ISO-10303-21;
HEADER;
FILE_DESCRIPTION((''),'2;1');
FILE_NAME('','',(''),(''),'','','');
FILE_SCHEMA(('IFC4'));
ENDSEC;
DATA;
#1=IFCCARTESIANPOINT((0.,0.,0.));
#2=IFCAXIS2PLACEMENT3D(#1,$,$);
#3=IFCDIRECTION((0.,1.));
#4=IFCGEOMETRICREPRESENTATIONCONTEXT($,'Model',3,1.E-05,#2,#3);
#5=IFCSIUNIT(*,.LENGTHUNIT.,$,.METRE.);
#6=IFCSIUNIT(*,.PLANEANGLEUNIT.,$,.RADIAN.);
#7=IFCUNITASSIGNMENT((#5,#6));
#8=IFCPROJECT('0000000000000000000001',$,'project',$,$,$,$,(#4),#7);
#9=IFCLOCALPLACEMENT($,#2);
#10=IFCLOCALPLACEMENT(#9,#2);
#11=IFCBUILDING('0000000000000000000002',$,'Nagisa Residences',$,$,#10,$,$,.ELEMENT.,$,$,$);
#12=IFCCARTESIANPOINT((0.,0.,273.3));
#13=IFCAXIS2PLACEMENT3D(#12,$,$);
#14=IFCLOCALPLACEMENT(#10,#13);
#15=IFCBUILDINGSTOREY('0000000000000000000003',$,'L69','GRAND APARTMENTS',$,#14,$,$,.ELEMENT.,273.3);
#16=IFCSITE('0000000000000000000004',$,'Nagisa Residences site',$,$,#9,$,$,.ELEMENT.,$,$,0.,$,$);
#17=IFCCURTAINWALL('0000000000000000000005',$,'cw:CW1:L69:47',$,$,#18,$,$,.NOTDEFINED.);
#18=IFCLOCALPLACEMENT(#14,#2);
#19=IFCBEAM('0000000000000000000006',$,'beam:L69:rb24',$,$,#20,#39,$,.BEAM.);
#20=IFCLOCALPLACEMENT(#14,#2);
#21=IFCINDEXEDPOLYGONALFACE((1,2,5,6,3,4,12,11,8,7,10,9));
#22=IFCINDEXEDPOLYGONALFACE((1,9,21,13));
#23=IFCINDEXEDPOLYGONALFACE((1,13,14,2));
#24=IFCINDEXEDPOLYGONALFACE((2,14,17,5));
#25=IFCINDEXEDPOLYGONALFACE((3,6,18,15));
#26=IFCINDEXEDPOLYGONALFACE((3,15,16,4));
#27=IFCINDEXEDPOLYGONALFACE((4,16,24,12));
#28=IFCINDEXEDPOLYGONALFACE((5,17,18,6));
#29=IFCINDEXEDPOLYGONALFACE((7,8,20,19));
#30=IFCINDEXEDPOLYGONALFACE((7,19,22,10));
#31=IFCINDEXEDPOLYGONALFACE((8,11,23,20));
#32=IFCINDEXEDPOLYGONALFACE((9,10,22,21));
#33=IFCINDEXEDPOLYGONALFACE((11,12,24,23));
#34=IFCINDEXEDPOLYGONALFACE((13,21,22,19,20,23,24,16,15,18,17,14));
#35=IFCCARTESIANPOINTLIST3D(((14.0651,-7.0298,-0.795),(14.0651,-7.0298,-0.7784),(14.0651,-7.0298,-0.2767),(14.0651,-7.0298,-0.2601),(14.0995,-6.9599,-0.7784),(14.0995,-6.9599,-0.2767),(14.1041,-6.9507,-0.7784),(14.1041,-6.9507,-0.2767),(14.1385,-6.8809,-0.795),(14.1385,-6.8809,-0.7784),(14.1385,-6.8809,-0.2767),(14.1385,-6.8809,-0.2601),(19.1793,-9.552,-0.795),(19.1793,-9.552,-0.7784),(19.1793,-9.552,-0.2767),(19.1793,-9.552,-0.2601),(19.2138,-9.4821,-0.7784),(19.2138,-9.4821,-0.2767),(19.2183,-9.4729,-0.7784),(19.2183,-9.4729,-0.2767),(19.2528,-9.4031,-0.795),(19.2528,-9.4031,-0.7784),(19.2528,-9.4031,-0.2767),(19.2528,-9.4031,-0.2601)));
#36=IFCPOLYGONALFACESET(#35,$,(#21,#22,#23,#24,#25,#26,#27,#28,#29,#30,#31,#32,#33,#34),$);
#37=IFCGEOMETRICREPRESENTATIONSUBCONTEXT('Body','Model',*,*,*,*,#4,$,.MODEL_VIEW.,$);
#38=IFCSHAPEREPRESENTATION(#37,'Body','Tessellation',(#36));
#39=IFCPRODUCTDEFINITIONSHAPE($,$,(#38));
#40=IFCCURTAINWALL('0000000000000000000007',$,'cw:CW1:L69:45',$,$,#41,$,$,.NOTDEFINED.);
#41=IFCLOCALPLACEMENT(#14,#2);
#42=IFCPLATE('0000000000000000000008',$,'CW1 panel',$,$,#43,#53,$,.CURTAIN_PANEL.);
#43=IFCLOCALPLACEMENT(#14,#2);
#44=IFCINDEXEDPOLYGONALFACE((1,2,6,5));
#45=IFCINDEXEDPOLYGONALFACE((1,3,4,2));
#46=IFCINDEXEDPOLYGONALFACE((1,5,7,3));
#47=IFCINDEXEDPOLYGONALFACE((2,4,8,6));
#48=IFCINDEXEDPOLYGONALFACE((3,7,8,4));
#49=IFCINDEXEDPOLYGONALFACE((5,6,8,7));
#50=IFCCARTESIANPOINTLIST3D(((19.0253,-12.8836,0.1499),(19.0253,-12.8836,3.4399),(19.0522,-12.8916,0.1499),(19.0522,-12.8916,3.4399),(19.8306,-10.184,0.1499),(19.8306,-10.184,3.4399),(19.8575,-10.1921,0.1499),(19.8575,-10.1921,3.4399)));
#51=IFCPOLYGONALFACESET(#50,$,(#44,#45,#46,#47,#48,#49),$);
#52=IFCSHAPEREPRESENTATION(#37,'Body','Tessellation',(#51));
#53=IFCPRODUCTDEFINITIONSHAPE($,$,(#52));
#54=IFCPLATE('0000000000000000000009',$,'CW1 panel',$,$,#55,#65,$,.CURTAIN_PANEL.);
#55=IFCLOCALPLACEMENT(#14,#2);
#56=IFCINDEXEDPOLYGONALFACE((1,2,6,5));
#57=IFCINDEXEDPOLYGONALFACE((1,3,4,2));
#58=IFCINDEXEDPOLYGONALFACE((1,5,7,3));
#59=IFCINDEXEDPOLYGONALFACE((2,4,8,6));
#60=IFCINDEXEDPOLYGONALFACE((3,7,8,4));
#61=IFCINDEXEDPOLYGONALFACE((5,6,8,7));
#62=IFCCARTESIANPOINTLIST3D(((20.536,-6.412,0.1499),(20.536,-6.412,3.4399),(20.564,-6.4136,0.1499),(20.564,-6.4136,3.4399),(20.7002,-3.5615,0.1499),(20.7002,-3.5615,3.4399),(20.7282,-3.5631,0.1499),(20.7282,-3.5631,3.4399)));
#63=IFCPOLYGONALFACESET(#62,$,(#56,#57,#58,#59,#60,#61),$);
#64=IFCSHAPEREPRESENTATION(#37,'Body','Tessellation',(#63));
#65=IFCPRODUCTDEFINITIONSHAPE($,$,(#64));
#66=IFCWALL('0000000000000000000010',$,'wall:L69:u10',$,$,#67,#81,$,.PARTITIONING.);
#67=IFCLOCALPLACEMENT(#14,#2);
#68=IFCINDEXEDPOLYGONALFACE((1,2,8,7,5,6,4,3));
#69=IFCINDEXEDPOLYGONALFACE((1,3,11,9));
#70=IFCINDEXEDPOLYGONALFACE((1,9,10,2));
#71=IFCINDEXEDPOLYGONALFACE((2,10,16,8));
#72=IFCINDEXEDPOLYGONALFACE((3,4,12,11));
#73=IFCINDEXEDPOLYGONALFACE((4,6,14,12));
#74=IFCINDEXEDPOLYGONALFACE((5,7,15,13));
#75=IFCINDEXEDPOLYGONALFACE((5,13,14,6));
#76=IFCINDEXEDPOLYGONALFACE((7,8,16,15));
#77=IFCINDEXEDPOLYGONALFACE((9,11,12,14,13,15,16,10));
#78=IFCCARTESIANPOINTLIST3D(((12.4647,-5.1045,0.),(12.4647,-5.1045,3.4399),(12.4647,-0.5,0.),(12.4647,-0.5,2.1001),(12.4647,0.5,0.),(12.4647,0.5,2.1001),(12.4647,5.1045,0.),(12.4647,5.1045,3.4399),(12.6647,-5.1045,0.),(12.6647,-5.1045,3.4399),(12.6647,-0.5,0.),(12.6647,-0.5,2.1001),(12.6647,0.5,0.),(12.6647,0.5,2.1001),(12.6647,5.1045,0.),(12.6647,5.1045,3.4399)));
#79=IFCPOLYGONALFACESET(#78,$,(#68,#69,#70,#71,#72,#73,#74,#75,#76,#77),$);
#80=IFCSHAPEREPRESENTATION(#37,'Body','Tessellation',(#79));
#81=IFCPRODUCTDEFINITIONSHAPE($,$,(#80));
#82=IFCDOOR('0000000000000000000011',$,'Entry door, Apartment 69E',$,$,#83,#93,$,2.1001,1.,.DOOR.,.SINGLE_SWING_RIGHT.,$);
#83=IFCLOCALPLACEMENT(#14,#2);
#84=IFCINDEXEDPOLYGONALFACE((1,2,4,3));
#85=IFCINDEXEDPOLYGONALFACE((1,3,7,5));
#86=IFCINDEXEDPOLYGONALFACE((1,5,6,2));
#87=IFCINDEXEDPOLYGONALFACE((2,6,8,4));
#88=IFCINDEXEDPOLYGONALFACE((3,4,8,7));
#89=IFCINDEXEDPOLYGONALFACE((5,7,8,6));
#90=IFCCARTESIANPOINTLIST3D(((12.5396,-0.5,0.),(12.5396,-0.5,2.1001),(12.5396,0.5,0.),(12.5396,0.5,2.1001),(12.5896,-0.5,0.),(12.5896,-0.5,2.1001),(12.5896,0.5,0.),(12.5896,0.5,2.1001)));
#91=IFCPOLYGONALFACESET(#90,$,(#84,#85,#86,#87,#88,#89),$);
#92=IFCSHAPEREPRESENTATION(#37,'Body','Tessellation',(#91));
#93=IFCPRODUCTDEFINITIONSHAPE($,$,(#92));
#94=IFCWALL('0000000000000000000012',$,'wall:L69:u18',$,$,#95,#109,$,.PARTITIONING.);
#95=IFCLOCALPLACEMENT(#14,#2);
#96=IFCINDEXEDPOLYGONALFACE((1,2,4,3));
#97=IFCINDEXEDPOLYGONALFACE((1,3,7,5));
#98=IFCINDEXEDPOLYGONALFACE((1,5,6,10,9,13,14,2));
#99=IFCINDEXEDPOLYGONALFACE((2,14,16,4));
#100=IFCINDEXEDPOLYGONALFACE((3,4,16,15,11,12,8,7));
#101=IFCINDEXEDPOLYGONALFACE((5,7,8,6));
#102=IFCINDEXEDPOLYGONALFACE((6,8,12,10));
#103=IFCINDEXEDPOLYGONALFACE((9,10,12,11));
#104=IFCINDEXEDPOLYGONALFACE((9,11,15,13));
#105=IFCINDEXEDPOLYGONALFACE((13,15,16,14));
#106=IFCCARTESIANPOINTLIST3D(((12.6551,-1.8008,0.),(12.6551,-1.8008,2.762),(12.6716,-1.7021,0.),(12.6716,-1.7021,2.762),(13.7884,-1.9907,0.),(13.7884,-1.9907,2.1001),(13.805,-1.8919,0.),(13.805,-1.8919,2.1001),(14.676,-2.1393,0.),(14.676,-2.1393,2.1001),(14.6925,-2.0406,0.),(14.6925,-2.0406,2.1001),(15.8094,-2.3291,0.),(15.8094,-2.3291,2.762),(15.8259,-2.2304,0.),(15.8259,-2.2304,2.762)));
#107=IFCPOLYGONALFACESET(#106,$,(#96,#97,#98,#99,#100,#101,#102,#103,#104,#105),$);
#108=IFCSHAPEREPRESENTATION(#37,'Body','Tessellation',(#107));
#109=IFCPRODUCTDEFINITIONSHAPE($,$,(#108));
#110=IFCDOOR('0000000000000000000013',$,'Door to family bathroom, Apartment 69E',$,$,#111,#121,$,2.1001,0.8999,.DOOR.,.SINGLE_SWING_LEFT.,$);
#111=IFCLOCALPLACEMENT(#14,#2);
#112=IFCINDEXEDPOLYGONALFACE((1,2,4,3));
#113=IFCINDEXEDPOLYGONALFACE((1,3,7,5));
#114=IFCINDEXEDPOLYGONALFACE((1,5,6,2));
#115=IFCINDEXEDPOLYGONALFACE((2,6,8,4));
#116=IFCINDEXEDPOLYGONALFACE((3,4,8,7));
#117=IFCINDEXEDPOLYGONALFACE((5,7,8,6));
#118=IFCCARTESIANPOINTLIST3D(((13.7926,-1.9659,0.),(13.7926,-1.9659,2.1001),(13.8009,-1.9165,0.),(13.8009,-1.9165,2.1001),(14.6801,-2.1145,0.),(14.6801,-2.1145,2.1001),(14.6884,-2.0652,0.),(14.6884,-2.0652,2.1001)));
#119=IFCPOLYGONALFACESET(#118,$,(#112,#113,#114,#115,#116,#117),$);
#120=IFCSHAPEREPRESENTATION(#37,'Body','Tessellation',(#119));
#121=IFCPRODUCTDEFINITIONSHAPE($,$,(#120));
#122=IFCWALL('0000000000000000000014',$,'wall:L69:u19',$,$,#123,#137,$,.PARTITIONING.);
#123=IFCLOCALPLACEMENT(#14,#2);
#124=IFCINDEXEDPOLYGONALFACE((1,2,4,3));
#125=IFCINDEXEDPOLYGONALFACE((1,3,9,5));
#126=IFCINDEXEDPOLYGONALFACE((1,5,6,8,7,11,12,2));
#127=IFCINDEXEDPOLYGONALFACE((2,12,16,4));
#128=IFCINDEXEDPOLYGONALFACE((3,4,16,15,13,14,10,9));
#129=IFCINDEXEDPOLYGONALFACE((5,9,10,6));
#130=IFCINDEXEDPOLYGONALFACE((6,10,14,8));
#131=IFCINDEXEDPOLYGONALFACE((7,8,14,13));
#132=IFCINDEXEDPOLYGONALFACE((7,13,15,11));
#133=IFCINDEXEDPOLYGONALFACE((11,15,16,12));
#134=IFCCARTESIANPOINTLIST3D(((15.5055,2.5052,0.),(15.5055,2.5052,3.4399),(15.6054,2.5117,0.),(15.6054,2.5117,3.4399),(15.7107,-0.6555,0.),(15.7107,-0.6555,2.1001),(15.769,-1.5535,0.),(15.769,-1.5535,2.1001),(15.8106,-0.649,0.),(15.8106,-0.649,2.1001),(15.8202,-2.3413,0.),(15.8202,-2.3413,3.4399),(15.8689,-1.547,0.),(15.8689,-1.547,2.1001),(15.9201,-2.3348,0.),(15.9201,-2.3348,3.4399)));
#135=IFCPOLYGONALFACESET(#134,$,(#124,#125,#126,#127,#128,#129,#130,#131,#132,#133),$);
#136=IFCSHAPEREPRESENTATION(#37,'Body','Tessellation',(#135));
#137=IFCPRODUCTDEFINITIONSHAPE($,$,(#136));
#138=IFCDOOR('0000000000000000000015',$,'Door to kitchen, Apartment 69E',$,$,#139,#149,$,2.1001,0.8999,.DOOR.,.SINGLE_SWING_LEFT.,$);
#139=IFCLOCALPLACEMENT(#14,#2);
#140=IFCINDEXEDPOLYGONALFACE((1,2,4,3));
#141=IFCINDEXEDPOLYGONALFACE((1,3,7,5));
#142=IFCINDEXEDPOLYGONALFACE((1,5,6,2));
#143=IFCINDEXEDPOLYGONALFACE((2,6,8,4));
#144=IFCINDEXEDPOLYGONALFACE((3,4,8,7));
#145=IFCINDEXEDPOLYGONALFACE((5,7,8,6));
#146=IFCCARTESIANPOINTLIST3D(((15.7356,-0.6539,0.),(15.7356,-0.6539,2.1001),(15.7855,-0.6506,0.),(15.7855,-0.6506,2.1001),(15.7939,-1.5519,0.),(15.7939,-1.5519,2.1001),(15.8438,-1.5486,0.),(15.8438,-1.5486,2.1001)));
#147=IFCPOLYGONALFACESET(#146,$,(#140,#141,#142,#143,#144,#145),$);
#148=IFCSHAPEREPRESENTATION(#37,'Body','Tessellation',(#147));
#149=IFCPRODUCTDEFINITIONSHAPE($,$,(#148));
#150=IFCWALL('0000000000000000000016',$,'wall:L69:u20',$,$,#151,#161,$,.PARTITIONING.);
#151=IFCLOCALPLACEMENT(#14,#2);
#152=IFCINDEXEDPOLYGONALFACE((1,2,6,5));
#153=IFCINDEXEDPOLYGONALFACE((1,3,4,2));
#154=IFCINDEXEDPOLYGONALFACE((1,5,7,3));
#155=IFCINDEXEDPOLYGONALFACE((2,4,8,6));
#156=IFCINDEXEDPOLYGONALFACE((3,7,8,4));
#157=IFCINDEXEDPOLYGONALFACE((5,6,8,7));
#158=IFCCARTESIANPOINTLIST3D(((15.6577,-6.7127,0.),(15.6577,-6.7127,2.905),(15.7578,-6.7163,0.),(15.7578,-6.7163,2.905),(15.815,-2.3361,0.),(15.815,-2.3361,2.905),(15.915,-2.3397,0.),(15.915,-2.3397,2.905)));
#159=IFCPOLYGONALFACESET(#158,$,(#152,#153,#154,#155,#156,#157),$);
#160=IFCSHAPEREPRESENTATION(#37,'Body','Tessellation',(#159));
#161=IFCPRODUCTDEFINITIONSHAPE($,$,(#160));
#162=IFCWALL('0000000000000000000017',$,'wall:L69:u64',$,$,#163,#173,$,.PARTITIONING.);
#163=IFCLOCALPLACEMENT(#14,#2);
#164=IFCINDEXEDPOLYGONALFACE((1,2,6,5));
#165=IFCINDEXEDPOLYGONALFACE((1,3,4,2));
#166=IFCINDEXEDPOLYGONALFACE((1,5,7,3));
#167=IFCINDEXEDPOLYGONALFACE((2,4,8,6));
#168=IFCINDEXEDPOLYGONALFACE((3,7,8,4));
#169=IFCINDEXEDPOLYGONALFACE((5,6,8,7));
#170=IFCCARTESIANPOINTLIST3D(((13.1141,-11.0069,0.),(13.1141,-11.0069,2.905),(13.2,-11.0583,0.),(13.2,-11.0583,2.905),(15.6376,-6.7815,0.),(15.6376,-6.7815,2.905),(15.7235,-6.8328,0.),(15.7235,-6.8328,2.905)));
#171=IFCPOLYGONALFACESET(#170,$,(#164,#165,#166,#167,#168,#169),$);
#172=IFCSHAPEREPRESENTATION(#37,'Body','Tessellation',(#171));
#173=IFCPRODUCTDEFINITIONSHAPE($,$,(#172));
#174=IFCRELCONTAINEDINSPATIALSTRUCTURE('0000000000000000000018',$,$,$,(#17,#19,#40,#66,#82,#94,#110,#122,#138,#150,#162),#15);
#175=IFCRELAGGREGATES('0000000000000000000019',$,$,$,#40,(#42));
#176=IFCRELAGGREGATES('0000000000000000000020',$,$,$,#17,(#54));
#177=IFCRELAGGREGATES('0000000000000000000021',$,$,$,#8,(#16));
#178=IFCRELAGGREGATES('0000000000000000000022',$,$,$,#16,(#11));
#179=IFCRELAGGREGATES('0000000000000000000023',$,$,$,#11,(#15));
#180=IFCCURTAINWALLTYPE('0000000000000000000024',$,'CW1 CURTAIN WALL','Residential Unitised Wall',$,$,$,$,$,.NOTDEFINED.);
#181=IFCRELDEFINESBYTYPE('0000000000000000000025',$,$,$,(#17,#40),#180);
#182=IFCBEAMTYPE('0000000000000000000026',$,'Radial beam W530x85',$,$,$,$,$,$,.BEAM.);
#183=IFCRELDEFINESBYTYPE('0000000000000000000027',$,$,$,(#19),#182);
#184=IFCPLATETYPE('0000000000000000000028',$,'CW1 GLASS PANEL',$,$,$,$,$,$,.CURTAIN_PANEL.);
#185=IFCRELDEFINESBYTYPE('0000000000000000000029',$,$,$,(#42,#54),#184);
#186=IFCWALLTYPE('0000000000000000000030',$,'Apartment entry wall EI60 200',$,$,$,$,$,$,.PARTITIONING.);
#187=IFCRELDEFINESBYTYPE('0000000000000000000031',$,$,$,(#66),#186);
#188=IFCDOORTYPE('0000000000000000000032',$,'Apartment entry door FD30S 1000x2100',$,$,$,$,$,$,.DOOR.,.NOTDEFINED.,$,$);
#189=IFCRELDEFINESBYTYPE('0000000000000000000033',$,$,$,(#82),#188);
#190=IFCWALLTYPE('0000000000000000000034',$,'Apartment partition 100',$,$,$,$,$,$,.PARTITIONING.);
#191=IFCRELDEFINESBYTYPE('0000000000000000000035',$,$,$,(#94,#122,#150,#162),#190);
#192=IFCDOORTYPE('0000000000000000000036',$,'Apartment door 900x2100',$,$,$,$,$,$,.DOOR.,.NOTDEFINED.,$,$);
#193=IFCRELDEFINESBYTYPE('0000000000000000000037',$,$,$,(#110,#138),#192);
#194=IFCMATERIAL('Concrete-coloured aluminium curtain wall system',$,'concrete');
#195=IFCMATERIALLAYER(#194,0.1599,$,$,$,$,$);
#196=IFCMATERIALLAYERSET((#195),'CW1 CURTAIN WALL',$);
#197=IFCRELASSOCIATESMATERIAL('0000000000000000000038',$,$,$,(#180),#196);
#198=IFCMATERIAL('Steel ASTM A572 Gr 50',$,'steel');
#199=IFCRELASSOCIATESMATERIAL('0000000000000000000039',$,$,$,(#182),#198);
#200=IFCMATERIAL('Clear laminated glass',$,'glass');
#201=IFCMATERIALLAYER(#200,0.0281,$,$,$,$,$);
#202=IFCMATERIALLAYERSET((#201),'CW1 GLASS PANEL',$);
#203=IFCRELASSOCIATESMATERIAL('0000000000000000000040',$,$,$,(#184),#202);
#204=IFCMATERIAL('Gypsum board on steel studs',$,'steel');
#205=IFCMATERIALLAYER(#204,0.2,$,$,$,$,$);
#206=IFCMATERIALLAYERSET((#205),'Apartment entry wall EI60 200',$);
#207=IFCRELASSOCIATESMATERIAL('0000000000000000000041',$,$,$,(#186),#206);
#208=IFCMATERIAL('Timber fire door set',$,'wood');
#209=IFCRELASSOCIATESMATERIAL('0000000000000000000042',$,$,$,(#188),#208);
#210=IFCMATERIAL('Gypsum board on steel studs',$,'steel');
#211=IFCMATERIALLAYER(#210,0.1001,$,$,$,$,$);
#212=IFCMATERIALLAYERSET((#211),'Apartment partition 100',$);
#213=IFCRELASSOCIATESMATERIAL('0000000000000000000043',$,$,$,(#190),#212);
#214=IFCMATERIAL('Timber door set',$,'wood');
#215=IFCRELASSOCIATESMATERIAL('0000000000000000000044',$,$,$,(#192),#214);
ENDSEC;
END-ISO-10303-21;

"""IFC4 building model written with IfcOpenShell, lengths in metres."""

from ifc_helpers import new_model, si_unit, direction, frame, frame_2d, origin, origin_2d, place, context, subcontext, project, spatial, rectangle, i_section, extrude, material, layer, layer_set, material_profile, profile_set, type_object, element, fill, aggregate, save


model = new_model("IFC4")

# Units and contexts
model_context = context("Model", 3, precision=1e-05, world=origin(), true_north=direction((0.0, 1.0)))
body_context = subcontext(model_context, "Body", "Model", "MODEL_VIEW")
ifc_project = project(units=[si_unit("LENGTHUNIT", "METRE"), si_unit("PLANEANGLEUNIT", "RADIAN")], contexts=[model_context])

# Site, building, storey
site_placement = place(None, origin())
site = spatial("IfcSite", under=ifc_project, at=site_placement, Name="Nagisa Residences site", CompositionType="ELEMENT", RefElevation=0.0)
building_placement = place(site_placement, origin())
building = spatial("IfcBuilding", under=site, at=building_placement, Name="Nagisa Residences", CompositionType="ELEMENT")
storey_placement = place(building_placement, frame((0.0, 0.0, 273.3)))
storey = spatial("IfcBuildingStorey", under=building, at=storey_placement, Name="L69", Description="GRAND APARTMENTS", CompositionType="ELEMENT", Elevation=273.3)

# Curtain wall
ifc_material_1 = material(Name="Concrete-coloured aluminium curtain wall system", Category="concrete")
ifc_layer_1 = layer(ifc_material_1, 0.1599)
ifc_layer_set_1 = layer_set([ifc_layer_1], Name="CW1 CURTAIN WALL")
curtain_wall_type = type_object("IfcCurtainWallType", Name="CW1 CURTAIN WALL", Description="Residential Unitised Wall", PredefinedType="NOTDEFINED", material=ifc_layer_set_1)
curtain_wall_1_placement = place(storey_placement, origin())
curtain_wall_1 = element("IfcCurtainWall", 1, at=curtain_wall_1_placement, inside=storey, type_object=curtain_wall_type, Name="cw:CW1:L69:47", PredefinedType="NOTDEFINED")

# Beam
ifc_material_2 = material(Name="Steel ASTM A572 Gr 50", Category="steel")
ifc_material_profile_1 = material_profile(ifc_material_2, i_section(OverallWidth=0.166, OverallDepth=0.5349, WebThickness=0.0103, FlangeThickness=0.0166, at=origin_2d()), Name="W530x85")
ifc_profile_set_1 = profile_set([ifc_material_profile_1], Name="Steel ASTM A572 Gr 50")
beam_type_1 = type_object("IfcBeamType", Name="Radial beam W530x85", PredefinedType="BEAM", material=ifc_profile_set_1)
beam_1_placement = place(storey_placement, frame((19.2161, -9.4775, -0.5276), z_axis=(-0.896863, 0.442309, 0.0), x_axis=(-0.442309, -0.896863, 0.0)))
element("IfcBeam", 2, at=beam_1_placement, inside=storey, type_object=beam_type_1, Name="beam:L69:rb24", PredefinedType="BEAM", context=body_context, shape_type="SweptSolid", body=[
    extrude(i_section(OverallWidth=0.166, OverallDepth=0.5349, WebThickness=0.0103, FlangeThickness=0.0166, at=origin_2d()), origin(), (0.0, 0.0, 1.0), 5.7024),
])

# Curtain wall, plate
curtain_wall_2_placement = place(storey_placement, origin())
curtain_wall_2 = element("IfcCurtainWall", 3, at=curtain_wall_2_placement, inside=storey, type_object=curtain_wall_type, Name="cw:CW1:L69:45", PredefinedType="NOTDEFINED")
ifc_material_3 = material(Name="Clear laminated glass", Category="glass")
ifc_layer_2 = layer(ifc_material_3, 0.0281)
ifc_layer_set_2 = layer_set([ifc_layer_2], Name="CW1 GLASS PANEL")
plate_type = type_object("IfcPlateType", Name="CW1 GLASS PANEL", PredefinedType="CURTAIN_PANEL", material=ifc_layer_set_2)
plate_1_placement = place(storey_placement, frame((19.4414, -11.5378, 0.1499), z_axis=(0.0, 0.0, 1.0), x_axis=(0.28586, 0.958271, 0.0)))
plate_1 = element("IfcPlate", 4, at=plate_1_placement, type_object=plate_type, Name="CW1 panel", PredefinedType="CURTAIN_PANEL", context=body_context, shape_type="SweptSolid", body=[
    extrude(rectangle(XDim=2.8171, YDim=0.0281, at=origin_2d()), origin(), (0.0, 0.0, 1.0), 3.29),
])
aggregate(curtain_wall_2, [plate_1])

# Plate
plate_2_placement = place(storey_placement, frame((20.6321, -4.9875, 0.1499), z_axis=(0.0, 0.0, 1.0), x_axis=(0.057503, 0.998345, 0.0)))
plate_2 = element("IfcPlate", 5, at=plate_2_placement, type_object=plate_type, Name="CW1 panel", PredefinedType="CURTAIN_PANEL", context=body_context, shape_type="SweptSolid", body=[
    extrude(rectangle(XDim=2.8552, YDim=0.0281, at=origin_2d()), origin(), (0.0, 0.0, 1.0), 3.29),
])
aggregate(curtain_wall_1, [plate_2])

# Walls, openings, doors
ifc_material_4 = material(Name="Gypsum board on steel studs", Category="steel")
ifc_layer_3 = layer(ifc_material_4, 0.2)
ifc_layer_set_3 = layer_set([ifc_layer_3], Name="Apartment entry wall EI60 200")
wall_type_1 = type_object("IfcWallType", Name="Apartment entry wall EI60 200", PredefinedType="PARTITIONING", material=ifc_layer_set_3)
wall_1_placement = place(storey_placement, frame((12.5647, -5.1045, 0.0), z_axis=(0.0, 0.0, 1.0), x_axis=(0.0, 1.0, 0.0)))
wall_1 = element("IfcWall", 6, at=wall_1_placement, inside=storey, type_object=wall_type_1, Name="wall:L69:u10", PredefinedType="PARTITIONING", context=body_context, shape_type="SweptSolid", body=[
    extrude(rectangle(XDim=10.209, YDim=0.2, at=frame_2d((5.1045, 0.0))), origin(), (0.0, 0.0, 1.0), 3.4399),
])
opening_1_placement = place(wall_1_placement, frame((4.6045, 0.0, 0.0)))
opening_1 = element("IfcOpeningElement", 7, at=opening_1_placement, cuts=wall_1, PredefinedType="OPENING", context=body_context, shape_type="SweptSolid", body=[
    extrude(rectangle(XDim=1.0, YDim=2.1001, at=frame_2d((0.5, 1.05))), frame((0.0, 0.1099, 0.0), z_axis=(0.0, -1.0, 0.0), x_axis=(1.0, 0.0, 0.0)), (0.0, 0.0, 1.0), 0.22),
])
ifc_material_5 = material(Name="Timber fire door set", Category="wood")
door_type_1 = type_object("IfcDoorType", Name="Apartment entry door FD30S 1000x2100", OperationType="NOTDEFINED", PredefinedType="DOOR", material=ifc_material_5)
door_1_placement = place(opening_1_placement, frame((1.0, 0.0, 0.0), x_axis=(-1.0, 0.0, 0.0)))
door_1 = element("IfcDoor", 8, at=door_1_placement, inside=storey, type_object=door_type_1, Name="Entry door, Apartment 69E", OperationType="SINGLE_SWING_RIGHT", OverallHeight=2.1001, OverallWidth=1.0, PredefinedType="DOOR", context=body_context, shape_type="SweptSolid", body=[
    extrude(rectangle(XDim=1.0, YDim=2.1001, at=frame_2d((0.5, 1.05))), frame((0.0, 0.0249, 0.0), z_axis=(0.0, -1.0, 0.0), x_axis=(1.0, 0.0, 0.0)), (0.0, 0.0, 1.0), 0.05),
])
fill(opening_1, door_1)
ifc_material_6 = material(Name="Gypsum board on steel studs", Category="steel")
ifc_layer_4 = layer(ifc_material_6, 0.1001)
ifc_layer_set_4 = layer_set([ifc_layer_4], Name="Apartment partition 100")
wall_type_2 = type_object("IfcWallType", Name="Apartment partition 100", PredefinedType="PARTITIONING", material=ifc_layer_set_4)
wall_2_placement = place(storey_placement, frame((12.6633, -1.7515, 0.0), z_axis=(0.0, 0.0, 1.0), x_axis=(0.986262, -0.165191, 0.0)))
wall_2 = element("IfcWall", 9, at=wall_2_placement, inside=storey, type_object=wall_type_2, Name="wall:L69:u18", PredefinedType="PARTITIONING", context=body_context, shape_type="SweptSolid", body=[
    extrude(rectangle(XDim=3.1982, YDim=0.1001, at=frame_2d((1.5991, 0.0))), origin(), (0.0, 0.0, 1.0), 2.762),
])
opening_2_placement = place(wall_2_placement, frame((1.1492, 0.0, 0.0)))
opening_2 = element("IfcOpeningElement", 10, at=opening_2_placement, cuts=wall_2, PredefinedType="OPENING", context=body_context, shape_type="SweptSolid", body=[
    extrude(rectangle(XDim=0.8999, YDim=2.1001, at=frame_2d((0.45, 1.05))), frame((0.0, 0.0601, 0.0), z_axis=(0.0, -1.0, 0.0), x_axis=(1.0, 0.0, 0.0)), (0.0, 0.0, 1.0), 0.1201),
])
ifc_material_7 = material(Name="Timber door set", Category="wood")
door_type_2 = type_object("IfcDoorType", Name="Apartment door 900x2100", OperationType="NOTDEFINED", PredefinedType="DOOR", material=ifc_material_7)
door_2_placement = place(opening_2_placement, frame((0.8999, 0.0, 0.0), x_axis=(-1.0, 0.0, 0.0)))
door_2 = element("IfcDoor", 11, at=door_2_placement, inside=storey, type_object=door_type_2, Name="Door to family bathroom, Apartment 69E", OperationType="SINGLE_SWING_LEFT", OverallHeight=2.1001, OverallWidth=0.8999, PredefinedType="DOOR", context=body_context, shape_type="SweptSolid", body=[
    extrude(rectangle(XDim=0.8999, YDim=2.1001, at=frame_2d((0.45, 1.05))), frame((0.0, 0.0249, 0.0), z_axis=(0.0, -1.0, 0.0), x_axis=(1.0, 0.0, 0.0)), (0.0, 0.0, 1.0), 0.05),
])
fill(opening_2, door_2)
wall_3_placement = place(storey_placement, frame((15.8701, -2.3379, 0.0), z_axis=(0.0, 0.0, 1.0), x_axis=(-0.064797, 0.997898, 0.0)))
wall_3 = element("IfcWall", 12, at=wall_3_placement, inside=storey, type_object=wall_type_2, Name="wall:L69:u19", PredefinedType="PARTITIONING", context=body_context, shape_type="SweptSolid", body=[
    extrude(rectangle(XDim=4.8567, YDim=0.1001, at=frame_2d((2.4282, 0.0))), origin(), (0.0, 0.0, 1.0), 3.4399),
])
opening_3_placement = place(wall_3_placement, frame((0.7893, 0.0, 0.0)))
opening_3 = element("IfcOpeningElement", 13, at=opening_3_placement, cuts=wall_3, PredefinedType="OPENING", context=body_context, shape_type="SweptSolid", body=[
    extrude(rectangle(XDim=0.8999, YDim=2.1001, at=frame_2d((0.45, 1.05))), frame((0.0, 0.0601, 0.0), z_axis=(0.0, -1.0, 0.0), x_axis=(1.0, 0.0, 0.0)), (0.0, 0.0, 1.0), 0.1201),
])
door_3_placement = place(opening_3_placement, frame((0.8999, 0.0, 0.0), x_axis=(-1.0, 0.0, 0.0)))
door_3 = element("IfcDoor", 14, at=door_3_placement, inside=storey, type_object=door_type_2, Name="Door to kitchen, Apartment 69E", OperationType="SINGLE_SWING_LEFT", OverallHeight=2.1001, OverallWidth=0.8999, PredefinedType="DOOR", context=body_context, shape_type="SweptSolid", body=[
    extrude(rectangle(XDim=0.8999, YDim=2.1001, at=frame_2d((0.45, 1.05))), frame((0.0, 0.0249, 0.0), z_axis=(0.0, -1.0, 0.0), x_axis=(1.0, 0.0, 0.0)), (0.0, 0.0, 1.0), 0.05),
])
fill(opening_3, door_3)

# Walls
wall_4_placement = place(storey_placement, frame((15.865, -2.3379, 0.0), z_axis=(0.0, 0.0, 1.0), x_axis=(-0.035902, -0.999355, 0.0)))
element("IfcWall", 15, at=wall_4_placement, inside=storey, type_object=wall_type_2, Name="wall:L69:u20", PredefinedType="PARTITIONING", context=body_context, shape_type="SweptSolid", body=[
    extrude(rectangle(XDim=4.3794, YDim=0.1001, at=frame_2d((2.1897, 0.0))), origin(), (0.0, 0.0, 1.0), 2.905),
])
wall_5_placement = place(storey_placement, frame((13.157, -11.0327, 0.0), z_axis=(0.0, 0.0, 1.0), x_axis=(0.512737, 0.858546, 0.0)))
element("IfcWall", 16, at=wall_5_placement, inside=storey, type_object=wall_type_2, Name="wall:L69:u64", PredefinedType="PARTITIONING", context=body_context, shape_type="SweptSolid", body=[
    extrude(rectangle(XDim=4.9216, YDim=0.1001, at=frame_2d((2.4609, 0.0))), origin(), (0.0, 0.0, 1.0), 2.905),
])

save(model, "model.ifc")
